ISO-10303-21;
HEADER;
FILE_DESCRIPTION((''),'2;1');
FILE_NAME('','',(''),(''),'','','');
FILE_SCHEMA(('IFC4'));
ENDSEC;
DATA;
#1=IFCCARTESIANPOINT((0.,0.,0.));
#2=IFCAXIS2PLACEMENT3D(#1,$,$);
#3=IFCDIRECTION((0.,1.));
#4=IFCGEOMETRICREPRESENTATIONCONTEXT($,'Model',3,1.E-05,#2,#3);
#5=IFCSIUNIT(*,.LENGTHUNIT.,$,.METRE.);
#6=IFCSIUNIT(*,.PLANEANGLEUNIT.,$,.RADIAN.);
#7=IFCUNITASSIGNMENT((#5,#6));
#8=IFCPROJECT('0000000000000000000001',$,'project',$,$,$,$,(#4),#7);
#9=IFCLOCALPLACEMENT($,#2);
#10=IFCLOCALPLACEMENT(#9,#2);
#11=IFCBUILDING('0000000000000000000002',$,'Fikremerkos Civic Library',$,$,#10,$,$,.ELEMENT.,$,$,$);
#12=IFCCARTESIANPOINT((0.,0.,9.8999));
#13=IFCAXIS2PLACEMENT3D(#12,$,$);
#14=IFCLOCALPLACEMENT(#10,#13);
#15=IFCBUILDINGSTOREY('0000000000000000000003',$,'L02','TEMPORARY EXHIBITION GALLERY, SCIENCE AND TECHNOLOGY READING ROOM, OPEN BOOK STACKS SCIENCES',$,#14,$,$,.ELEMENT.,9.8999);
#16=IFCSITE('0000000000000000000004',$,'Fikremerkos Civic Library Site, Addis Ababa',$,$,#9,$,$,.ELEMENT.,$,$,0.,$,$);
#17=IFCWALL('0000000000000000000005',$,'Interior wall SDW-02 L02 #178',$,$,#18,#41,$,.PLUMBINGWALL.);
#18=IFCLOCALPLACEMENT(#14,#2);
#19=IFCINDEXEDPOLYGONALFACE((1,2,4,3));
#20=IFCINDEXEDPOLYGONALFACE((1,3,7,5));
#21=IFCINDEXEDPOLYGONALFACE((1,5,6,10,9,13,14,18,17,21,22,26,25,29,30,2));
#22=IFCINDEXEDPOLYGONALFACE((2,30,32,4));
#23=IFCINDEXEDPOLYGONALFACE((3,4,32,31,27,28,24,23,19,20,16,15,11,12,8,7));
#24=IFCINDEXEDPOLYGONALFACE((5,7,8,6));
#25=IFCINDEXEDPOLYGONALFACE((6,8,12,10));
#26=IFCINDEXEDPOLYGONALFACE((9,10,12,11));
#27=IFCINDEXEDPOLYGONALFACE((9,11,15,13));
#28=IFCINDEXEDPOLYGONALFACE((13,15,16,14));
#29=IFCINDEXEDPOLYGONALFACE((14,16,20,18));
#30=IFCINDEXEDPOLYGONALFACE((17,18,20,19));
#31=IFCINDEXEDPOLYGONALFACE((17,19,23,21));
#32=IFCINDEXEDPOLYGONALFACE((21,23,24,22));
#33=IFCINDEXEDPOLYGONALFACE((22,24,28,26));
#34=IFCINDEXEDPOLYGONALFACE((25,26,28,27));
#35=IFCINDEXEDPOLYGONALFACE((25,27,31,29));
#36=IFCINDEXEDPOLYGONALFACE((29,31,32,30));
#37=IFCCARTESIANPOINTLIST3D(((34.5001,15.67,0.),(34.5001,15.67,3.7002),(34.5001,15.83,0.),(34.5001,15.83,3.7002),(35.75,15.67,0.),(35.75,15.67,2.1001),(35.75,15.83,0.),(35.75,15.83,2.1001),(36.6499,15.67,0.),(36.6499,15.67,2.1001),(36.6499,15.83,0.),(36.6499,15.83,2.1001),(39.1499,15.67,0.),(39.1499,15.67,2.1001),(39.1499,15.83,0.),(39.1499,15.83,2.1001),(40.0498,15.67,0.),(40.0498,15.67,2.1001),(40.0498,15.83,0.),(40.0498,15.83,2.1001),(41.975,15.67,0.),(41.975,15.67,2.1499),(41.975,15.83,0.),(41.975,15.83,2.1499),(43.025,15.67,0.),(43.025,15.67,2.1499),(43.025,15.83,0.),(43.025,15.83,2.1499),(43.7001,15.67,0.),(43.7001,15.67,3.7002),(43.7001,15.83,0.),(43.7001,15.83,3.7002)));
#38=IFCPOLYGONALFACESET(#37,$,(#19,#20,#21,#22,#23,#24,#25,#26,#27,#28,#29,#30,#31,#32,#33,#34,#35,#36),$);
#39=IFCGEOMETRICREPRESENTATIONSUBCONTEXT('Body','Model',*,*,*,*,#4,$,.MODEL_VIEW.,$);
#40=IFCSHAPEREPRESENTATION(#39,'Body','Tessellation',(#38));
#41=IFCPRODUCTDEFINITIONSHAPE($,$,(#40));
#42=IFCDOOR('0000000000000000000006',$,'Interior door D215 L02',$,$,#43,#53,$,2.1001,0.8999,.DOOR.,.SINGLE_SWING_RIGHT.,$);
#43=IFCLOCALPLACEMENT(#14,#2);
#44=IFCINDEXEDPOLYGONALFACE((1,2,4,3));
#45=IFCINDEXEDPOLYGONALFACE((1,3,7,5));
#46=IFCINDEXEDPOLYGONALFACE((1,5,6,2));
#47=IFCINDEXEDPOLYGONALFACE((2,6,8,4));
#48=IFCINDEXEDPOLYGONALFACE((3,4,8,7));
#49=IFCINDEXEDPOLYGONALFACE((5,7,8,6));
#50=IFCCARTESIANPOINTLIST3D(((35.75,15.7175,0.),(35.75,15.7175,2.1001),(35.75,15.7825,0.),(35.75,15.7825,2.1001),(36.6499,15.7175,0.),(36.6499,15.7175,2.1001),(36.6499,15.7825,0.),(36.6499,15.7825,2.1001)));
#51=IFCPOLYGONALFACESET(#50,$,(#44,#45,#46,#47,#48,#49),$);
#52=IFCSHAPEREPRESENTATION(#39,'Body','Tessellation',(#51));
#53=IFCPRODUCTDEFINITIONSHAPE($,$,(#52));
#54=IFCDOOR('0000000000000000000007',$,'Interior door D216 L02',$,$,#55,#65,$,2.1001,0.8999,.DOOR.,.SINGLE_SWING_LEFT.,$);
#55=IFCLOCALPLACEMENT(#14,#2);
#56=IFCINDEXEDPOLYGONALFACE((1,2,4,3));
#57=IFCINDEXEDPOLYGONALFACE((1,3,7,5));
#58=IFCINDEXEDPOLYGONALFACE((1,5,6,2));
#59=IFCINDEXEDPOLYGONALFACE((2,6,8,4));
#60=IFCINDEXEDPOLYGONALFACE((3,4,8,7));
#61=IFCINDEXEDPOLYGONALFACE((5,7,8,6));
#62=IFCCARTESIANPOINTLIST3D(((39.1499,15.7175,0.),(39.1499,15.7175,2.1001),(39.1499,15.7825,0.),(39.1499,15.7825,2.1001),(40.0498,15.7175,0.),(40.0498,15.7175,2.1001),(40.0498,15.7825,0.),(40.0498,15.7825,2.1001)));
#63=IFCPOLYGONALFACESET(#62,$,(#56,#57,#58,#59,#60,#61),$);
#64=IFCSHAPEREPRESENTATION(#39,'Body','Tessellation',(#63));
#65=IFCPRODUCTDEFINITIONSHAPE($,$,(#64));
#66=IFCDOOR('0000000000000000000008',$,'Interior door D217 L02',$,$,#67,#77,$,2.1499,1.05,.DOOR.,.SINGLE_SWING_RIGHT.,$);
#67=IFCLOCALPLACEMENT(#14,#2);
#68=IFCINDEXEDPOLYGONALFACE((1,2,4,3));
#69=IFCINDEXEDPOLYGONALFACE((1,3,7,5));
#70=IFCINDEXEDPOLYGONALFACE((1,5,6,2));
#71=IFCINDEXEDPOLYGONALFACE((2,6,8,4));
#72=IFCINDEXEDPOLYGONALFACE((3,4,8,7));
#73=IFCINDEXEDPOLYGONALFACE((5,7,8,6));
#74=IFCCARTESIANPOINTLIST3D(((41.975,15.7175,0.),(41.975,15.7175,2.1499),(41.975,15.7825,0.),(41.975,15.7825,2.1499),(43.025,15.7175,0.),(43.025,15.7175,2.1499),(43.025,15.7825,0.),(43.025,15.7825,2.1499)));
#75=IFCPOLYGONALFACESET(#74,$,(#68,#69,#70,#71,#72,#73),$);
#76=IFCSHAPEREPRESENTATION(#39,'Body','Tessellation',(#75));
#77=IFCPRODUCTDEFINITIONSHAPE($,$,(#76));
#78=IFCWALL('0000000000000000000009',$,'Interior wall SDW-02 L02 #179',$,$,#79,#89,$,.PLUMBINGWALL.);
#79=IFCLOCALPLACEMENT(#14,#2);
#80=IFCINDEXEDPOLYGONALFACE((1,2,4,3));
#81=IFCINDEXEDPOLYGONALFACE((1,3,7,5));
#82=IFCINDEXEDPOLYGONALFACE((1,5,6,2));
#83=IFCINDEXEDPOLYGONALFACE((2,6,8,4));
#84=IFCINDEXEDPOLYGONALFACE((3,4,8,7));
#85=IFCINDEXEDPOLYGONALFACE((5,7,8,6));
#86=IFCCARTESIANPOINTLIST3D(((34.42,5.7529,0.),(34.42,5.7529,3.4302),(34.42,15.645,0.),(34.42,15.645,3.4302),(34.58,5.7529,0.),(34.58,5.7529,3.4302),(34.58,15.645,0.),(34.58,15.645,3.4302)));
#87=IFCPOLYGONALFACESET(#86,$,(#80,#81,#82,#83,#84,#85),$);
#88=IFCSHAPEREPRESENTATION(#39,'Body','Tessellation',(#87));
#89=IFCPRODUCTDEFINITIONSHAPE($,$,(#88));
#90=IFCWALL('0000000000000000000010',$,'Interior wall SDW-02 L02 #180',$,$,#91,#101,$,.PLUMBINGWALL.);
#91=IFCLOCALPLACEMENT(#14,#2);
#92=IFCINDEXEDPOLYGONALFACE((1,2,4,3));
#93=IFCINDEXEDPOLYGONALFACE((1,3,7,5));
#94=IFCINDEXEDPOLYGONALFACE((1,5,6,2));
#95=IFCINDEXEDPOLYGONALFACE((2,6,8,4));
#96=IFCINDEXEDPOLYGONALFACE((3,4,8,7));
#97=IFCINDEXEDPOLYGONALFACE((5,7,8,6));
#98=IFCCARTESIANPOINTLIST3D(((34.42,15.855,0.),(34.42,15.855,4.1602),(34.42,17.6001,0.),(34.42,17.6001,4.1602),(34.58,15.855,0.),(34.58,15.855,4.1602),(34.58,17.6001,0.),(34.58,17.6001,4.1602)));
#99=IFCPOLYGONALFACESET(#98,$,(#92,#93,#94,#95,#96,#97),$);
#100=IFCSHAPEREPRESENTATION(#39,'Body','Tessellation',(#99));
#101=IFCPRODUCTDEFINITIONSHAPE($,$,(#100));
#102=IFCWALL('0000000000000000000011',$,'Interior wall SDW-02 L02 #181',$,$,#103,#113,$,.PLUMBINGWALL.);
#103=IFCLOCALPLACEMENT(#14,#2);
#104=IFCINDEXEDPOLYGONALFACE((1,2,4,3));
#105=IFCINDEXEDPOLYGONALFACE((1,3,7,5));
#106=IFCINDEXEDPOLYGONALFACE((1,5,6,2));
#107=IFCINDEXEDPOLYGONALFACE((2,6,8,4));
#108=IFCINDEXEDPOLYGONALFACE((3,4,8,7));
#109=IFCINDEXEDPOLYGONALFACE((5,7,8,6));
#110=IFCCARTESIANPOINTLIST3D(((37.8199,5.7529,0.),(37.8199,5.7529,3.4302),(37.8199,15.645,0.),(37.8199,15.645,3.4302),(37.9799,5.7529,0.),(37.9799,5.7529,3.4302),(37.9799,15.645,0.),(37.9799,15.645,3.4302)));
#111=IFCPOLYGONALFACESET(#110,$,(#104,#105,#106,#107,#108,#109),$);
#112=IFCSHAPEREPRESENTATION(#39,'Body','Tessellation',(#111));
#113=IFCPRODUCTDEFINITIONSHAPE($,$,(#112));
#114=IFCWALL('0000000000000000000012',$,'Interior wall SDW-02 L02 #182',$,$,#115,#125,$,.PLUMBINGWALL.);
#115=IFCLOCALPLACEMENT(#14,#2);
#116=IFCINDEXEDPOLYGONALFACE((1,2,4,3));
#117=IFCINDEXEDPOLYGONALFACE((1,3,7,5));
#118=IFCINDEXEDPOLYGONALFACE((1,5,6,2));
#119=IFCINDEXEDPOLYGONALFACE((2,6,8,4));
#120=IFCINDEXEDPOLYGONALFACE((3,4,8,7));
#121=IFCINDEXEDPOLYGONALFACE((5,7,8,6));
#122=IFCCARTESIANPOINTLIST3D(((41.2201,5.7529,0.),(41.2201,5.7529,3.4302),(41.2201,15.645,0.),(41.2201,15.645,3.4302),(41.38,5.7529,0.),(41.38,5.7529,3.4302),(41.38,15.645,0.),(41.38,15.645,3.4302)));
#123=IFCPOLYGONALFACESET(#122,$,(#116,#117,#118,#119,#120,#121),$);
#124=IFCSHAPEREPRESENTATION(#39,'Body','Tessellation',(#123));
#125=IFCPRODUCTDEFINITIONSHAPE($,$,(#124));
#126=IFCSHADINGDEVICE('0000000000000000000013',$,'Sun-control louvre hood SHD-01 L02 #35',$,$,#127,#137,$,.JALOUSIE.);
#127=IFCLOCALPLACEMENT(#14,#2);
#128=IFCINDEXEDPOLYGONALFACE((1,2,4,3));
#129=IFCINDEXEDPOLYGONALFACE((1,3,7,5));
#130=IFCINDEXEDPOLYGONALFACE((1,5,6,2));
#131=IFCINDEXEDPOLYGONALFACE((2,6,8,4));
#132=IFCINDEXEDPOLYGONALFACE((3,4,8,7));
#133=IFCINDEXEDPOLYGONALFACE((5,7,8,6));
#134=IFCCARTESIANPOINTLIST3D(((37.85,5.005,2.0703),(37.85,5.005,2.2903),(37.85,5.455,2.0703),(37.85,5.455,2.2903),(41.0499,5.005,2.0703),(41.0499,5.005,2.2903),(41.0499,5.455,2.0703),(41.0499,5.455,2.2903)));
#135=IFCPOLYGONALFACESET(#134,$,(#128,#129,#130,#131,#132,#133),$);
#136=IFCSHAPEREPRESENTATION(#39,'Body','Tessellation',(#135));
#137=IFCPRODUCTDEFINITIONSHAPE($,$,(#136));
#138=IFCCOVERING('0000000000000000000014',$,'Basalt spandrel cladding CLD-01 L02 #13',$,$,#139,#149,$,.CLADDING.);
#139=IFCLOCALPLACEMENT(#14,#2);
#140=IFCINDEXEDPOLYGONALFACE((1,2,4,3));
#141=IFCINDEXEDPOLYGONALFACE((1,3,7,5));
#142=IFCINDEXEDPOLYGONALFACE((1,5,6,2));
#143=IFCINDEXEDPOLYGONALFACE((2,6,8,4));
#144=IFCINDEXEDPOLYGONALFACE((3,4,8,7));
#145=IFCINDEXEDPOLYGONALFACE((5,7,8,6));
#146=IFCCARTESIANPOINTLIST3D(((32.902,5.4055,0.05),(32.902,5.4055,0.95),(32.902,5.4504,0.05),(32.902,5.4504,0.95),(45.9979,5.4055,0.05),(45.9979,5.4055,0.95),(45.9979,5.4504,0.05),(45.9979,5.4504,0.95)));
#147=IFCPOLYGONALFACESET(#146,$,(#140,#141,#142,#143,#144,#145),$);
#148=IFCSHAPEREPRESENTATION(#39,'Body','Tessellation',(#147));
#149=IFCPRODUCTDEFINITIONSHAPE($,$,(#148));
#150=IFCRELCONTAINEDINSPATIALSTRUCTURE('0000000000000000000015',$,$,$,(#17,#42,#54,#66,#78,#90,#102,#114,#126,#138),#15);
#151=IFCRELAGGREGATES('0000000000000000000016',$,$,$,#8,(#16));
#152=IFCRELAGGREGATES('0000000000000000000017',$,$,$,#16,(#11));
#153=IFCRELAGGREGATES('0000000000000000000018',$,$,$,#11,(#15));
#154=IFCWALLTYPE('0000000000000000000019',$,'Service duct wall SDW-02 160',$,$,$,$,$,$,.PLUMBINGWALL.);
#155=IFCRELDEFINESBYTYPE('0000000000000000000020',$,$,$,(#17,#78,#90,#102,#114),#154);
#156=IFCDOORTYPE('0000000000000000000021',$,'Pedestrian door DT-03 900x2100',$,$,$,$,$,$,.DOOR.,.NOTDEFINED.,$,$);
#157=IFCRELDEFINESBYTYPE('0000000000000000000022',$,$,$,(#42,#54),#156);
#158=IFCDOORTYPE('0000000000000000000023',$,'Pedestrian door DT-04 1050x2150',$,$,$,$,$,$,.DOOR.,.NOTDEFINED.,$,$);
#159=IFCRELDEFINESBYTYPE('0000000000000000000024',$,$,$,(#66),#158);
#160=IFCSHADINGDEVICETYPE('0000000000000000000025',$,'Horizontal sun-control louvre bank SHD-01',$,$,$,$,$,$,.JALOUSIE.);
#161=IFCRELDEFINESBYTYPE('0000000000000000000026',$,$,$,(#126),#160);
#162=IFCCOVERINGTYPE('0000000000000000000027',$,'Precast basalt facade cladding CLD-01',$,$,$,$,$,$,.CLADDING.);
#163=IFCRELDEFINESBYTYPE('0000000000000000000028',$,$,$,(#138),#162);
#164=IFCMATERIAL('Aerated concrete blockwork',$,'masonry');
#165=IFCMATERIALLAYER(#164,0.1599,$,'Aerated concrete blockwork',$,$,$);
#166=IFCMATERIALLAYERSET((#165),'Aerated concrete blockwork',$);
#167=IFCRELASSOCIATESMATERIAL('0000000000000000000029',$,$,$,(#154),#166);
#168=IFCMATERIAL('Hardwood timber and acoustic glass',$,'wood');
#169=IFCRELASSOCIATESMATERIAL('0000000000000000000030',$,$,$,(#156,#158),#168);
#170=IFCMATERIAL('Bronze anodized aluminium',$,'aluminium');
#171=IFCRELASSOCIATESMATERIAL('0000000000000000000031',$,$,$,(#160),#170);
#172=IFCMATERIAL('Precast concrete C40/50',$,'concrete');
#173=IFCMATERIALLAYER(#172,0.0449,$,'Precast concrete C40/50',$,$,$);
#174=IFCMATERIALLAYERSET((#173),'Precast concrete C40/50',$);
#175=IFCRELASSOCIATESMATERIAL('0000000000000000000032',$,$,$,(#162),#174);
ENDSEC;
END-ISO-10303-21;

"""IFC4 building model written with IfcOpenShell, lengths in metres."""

from ifc_helpers import new_model, si_unit, direction, frame, frame_2d, origin, origin_2d, place, context, subcontext, project, spatial, rectangle, extrude, material, layer, layer_set, type_object, element, fill, save


model = new_model("IFC4")

# Units and contexts
model_context = context("Model", 3, precision=1e-05, world=origin(), true_north=direction((0.0, 1.0)))
body_context = subcontext(model_context, "Body", "Model", "MODEL_VIEW")
ifc_project = project(units=[si_unit("LENGTHUNIT", "METRE"), si_unit("PLANEANGLEUNIT", "RADIAN")], contexts=[model_context])

# Site, building, storey
site_placement = place(None, origin())
site = spatial("IfcSite", under=ifc_project, at=site_placement, Name="Fikremerkos Civic Library Site, Addis Ababa", CompositionType="ELEMENT", RefElevation=0.0)
building_placement = place(site_placement, origin())
building = spatial("IfcBuilding", under=site, at=building_placement, Name="Fikremerkos Civic Library", CompositionType="ELEMENT")
storey_placement = place(building_placement, frame((0.0, 0.0, 9.8999)))
storey = spatial("IfcBuildingStorey", under=building, at=storey_placement, Name="L02", Description="TEMPORARY EXHIBITION GALLERY, SCIENCE AND TECHNOLOGY READING ROOM, OPEN BOOK STACKS SCIENCES", CompositionType="ELEMENT", Elevation=9.8999)

# Shared definitions
ifc_material_1 = material(Name="Precast concrete C40/50", Category="concrete")

# Shared definitions
ifc_material_2 = material(Name="Hardwood timber and acoustic glass", Category="wood")

# Wall, openings, doors
ifc_material_3 = material(Name="Aerated concrete blockwork", Category="masonry")
ifc_layer_1 = layer(ifc_material_3, 0.1599, Name="Aerated concrete blockwork")
ifc_layer_set_1 = layer_set([ifc_layer_1], Name="Aerated concrete blockwork")
wall_type_1 = type_object("IfcWallType", Name="Service duct wall SDW-02 160", PredefinedType="PLUMBINGWALL", material=ifc_layer_set_1)
wall_1_placement = place(storey_placement, frame((34.5, 15.75, 0.0), z_axis=(0.0, 0.0, 1.0), x_axis=(1.0, 0.0, 0.0)))
wall_1 = element("IfcWall", 1, at=wall_1_placement, inside=storey, type_object=wall_type_1, Name="Interior wall SDW-02 L02 #178", PredefinedType="PLUMBINGWALL", context=body_context, shape_type="SweptSolid", body=[
    extrude(rectangle(XDim=9.2, YDim=0.1599, at=frame_2d((4.6001, 0.0))), origin(), (0.0, 0.0, 1.0), 3.7002),
])
opening_1_placement = place(wall_1_placement, frame((1.25, 0.0, 0.0)))
opening_1 = element("IfcOpeningElement", 2, at=opening_1_placement, cuts=wall_1, PredefinedType="OPENING", context=body_context, shape_type="SweptSolid", body=[
    extrude(rectangle(XDim=0.8999, YDim=2.1001, at=frame_2d((0.45, 1.05))), frame((0.0, 0.0898, 0.0), z_axis=(0.0, -1.0, 0.0), x_axis=(1.0, 0.0, 0.0)), (0.0, 0.0, 1.0), 0.1799),
])
opening_2_placement = place(wall_1_placement, frame((4.6499, 0.0, 0.0)))
opening_2 = element("IfcOpeningElement", 3, at=opening_2_placement, cuts=wall_1, PredefinedType="OPENING", context=body_context, shape_type="SweptSolid", body=[
    extrude(rectangle(XDim=0.8999, YDim=2.1001, at=frame_2d((0.45, 1.05))), frame((0.0, 0.0898, 0.0), z_axis=(0.0, -1.0, 0.0), x_axis=(1.0, 0.0, 0.0)), (0.0, 0.0, 1.0), 0.1799),
])
opening_3_placement = place(wall_1_placement, frame((7.4751, 0.0, 0.0)))
opening_3 = element("IfcOpeningElement", 4, at=opening_3_placement, cuts=wall_1, PredefinedType="OPENING", context=body_context, shape_type="SweptSolid", body=[
    extrude(rectangle(XDim=1.05, YDim=2.1499, at=frame_2d((0.5249, 1.075))), frame((0.0, 0.0898, 0.0), z_axis=(0.0, -1.0, 0.0), x_axis=(1.0, 0.0, 0.0)), (0.0, 0.0, 1.0), 0.1799),
])
door_type_1 = type_object("IfcDoorType", Name="Pedestrian door DT-03 900x2100", OperationType="NOTDEFINED", PredefinedType="DOOR", material=ifc_material_2)
door_1_placement = place(opening_1_placement, origin())
door_1 = element("IfcDoor", 5, at=door_1_placement, inside=storey, type_object=door_type_1, Name="Interior door D215 L02", OperationType="SINGLE_SWING_RIGHT", OverallHeight=2.1001, OverallWidth=0.8999, PredefinedType="DOOR", context=body_context, shape_type="SweptSolid", body=[
    extrude(rectangle(XDim=0.8999, YDim=2.1001, at=frame_2d((0.45, 1.05))), frame((0.0, 0.0325, 0.0), z_axis=(0.0, -1.0, 0.0), x_axis=(1.0, 0.0, 0.0)), (0.0, 0.0, 1.0), 0.0649),
])
fill(opening_1, door_1)
door_2_placement = place(opening_2_placement, origin())
door_2 = element("IfcDoor", 6, at=door_2_placement, inside=storey, type_object=door_type_1, Name="Interior door D216 L02", OperationType="SINGLE_SWING_LEFT", OverallHeight=2.1001, OverallWidth=0.8999, PredefinedType="DOOR", context=body_context, shape_type="SweptSolid", body=[
    extrude(rectangle(XDim=0.8999, YDim=2.1001, at=frame_2d((0.45, 1.05))), frame((0.0, 0.0325, 0.0), z_axis=(0.0, -1.0, 0.0), x_axis=(1.0, 0.0, 0.0)), (0.0, 0.0, 1.0), 0.0649),
])
fill(opening_2, door_2)
door_type_2 = type_object("IfcDoorType", Name="Pedestrian door DT-04 1050x2150", OperationType="NOTDEFINED", PredefinedType="DOOR", material=ifc_material_2)
door_3_placement = place(opening_3_placement, origin())
door_3 = element("IfcDoor", 7, at=door_3_placement, inside=storey, type_object=door_type_2, Name="Interior door D217 L02", OperationType="SINGLE_SWING_RIGHT", OverallHeight=2.1499, OverallWidth=1.05, PredefinedType="DOOR", context=body_context, shape_type="SweptSolid", body=[
    extrude(rectangle(XDim=1.05, YDim=2.1499, at=frame_2d((0.5249, 1.075))), frame((0.0, 0.0325, 0.0), z_axis=(0.0, -1.0, 0.0), x_axis=(1.0, 0.0, 0.0)), (0.0, 0.0, 1.0), 0.0649),
])
fill(opening_3, door_3)

# Walls
wall_2_placement = place(storey_placement, frame((34.5, 5.7529, 0.0), z_axis=(0.0, 0.0, 1.0), x_axis=(0.0, 1.0, 0.0)))
element("IfcWall", 8, at=wall_2_placement, inside=storey, type_object=wall_type_1, Name="Interior wall SDW-02 L02 #179", PredefinedType="PLUMBINGWALL", context=body_context, shape_type="SweptSolid", body=[
    extrude(rectangle(XDim=9.8921, YDim=0.1599, at=frame_2d((4.946, 0.0))), origin(), (0.0, 0.0, 1.0), 3.4302),
])
wall_3_placement = place(storey_placement, frame((34.5, 15.855, 0.0), z_axis=(0.0, 0.0, 1.0), x_axis=(0.0, 1.0, 0.0)))
element("IfcWall", 9, at=wall_3_placement, inside=storey, type_object=wall_type_1, Name="Interior wall SDW-02 L02 #180", PredefinedType="PLUMBINGWALL", context=body_context, shape_type="SweptSolid", body=[
    extrude(rectangle(XDim=1.7451, YDim=0.1599, at=frame_2d((0.8726, 0.0))), origin(), (0.0, 0.0, 1.0), 4.1602),
])
for number, where, z_axis, x_axis, name in (
    (10, (37.8999, 5.7529, 0.0), (0.0, 0.0, 1.0), (0.0, 1.0, 0.0), "Interior wall SDW-02 L02 #181"),
    (11, (41.3, 5.7529, 0.0), (0.0, 0.0, 1.0), (0.0, 1.0, 0.0), "Interior wall SDW-02 L02 #182"),
):
    element("IfcWall", number, at=place(storey_placement, frame(where, z_axis=z_axis, x_axis=x_axis)), inside=storey, type_object=wall_type_1, Name=name, PredefinedType="PLUMBINGWALL", context=body_context, shape_type="SweptSolid", body=[
        extrude(rectangle(XDim=9.8921, YDim=0.1599, at=frame_2d((4.946, 0.0))), origin(), (0.0, 0.0, 1.0), 3.4302),
    ])

# Shading device
ifc_material_4 = material(Name="Bronze anodized aluminium", Category="aluminium")
shading_device_type = type_object("IfcShadingDeviceType", Name="Horizontal sun-control louvre bank SHD-01", PredefinedType="JALOUSIE", material=ifc_material_4)
shading_device_placement = place(storey_placement, frame((39.45, 5.23, 2.0703), z_axis=(0.0, 0.0, 1.0), x_axis=(1.0, 0.0, 0.0)))
element("IfcShadingDevice", 12, at=shading_device_placement, inside=storey, type_object=shading_device_type, Name="Sun-control louvre hood SHD-01 L02 #35", PredefinedType="JALOUSIE", context=body_context, shape_type="SweptSolid", body=[
    extrude(rectangle(XDim=3.2, YDim=0.45, at=origin_2d()), origin(), (0.0, 0.0, 1.0), 0.22),
])

# Covering
ifc_layer_2 = layer(ifc_material_1, 0.0449, Name="Precast concrete C40/50")
ifc_layer_set_2 = layer_set([ifc_layer_2], Name="Precast concrete C40/50")
covering_type = type_object("IfcCoveringType", Name="Precast basalt facade cladding CLD-01", PredefinedType="CLADDING", material=ifc_layer_set_2)
covering_placement = place(storey_placement, frame((39.45, 5.428, 0.05), z_axis=(0.0, 0.0, 1.0), x_axis=(1.0, 0.0, 0.0)))
element("IfcCovering", 13, at=covering_placement, inside=storey, type_object=covering_type, Name="Basalt spandrel cladding CLD-01 L02 #13", PredefinedType="CLADDING", context=body_context, shape_type="SweptSolid", body=[
    extrude(rectangle(XDim=13.0959, YDim=0.0449, at=origin_2d()), origin(), (0.0, 0.0, 1.0), 0.8999),
])

save(model, "model.ifc")
